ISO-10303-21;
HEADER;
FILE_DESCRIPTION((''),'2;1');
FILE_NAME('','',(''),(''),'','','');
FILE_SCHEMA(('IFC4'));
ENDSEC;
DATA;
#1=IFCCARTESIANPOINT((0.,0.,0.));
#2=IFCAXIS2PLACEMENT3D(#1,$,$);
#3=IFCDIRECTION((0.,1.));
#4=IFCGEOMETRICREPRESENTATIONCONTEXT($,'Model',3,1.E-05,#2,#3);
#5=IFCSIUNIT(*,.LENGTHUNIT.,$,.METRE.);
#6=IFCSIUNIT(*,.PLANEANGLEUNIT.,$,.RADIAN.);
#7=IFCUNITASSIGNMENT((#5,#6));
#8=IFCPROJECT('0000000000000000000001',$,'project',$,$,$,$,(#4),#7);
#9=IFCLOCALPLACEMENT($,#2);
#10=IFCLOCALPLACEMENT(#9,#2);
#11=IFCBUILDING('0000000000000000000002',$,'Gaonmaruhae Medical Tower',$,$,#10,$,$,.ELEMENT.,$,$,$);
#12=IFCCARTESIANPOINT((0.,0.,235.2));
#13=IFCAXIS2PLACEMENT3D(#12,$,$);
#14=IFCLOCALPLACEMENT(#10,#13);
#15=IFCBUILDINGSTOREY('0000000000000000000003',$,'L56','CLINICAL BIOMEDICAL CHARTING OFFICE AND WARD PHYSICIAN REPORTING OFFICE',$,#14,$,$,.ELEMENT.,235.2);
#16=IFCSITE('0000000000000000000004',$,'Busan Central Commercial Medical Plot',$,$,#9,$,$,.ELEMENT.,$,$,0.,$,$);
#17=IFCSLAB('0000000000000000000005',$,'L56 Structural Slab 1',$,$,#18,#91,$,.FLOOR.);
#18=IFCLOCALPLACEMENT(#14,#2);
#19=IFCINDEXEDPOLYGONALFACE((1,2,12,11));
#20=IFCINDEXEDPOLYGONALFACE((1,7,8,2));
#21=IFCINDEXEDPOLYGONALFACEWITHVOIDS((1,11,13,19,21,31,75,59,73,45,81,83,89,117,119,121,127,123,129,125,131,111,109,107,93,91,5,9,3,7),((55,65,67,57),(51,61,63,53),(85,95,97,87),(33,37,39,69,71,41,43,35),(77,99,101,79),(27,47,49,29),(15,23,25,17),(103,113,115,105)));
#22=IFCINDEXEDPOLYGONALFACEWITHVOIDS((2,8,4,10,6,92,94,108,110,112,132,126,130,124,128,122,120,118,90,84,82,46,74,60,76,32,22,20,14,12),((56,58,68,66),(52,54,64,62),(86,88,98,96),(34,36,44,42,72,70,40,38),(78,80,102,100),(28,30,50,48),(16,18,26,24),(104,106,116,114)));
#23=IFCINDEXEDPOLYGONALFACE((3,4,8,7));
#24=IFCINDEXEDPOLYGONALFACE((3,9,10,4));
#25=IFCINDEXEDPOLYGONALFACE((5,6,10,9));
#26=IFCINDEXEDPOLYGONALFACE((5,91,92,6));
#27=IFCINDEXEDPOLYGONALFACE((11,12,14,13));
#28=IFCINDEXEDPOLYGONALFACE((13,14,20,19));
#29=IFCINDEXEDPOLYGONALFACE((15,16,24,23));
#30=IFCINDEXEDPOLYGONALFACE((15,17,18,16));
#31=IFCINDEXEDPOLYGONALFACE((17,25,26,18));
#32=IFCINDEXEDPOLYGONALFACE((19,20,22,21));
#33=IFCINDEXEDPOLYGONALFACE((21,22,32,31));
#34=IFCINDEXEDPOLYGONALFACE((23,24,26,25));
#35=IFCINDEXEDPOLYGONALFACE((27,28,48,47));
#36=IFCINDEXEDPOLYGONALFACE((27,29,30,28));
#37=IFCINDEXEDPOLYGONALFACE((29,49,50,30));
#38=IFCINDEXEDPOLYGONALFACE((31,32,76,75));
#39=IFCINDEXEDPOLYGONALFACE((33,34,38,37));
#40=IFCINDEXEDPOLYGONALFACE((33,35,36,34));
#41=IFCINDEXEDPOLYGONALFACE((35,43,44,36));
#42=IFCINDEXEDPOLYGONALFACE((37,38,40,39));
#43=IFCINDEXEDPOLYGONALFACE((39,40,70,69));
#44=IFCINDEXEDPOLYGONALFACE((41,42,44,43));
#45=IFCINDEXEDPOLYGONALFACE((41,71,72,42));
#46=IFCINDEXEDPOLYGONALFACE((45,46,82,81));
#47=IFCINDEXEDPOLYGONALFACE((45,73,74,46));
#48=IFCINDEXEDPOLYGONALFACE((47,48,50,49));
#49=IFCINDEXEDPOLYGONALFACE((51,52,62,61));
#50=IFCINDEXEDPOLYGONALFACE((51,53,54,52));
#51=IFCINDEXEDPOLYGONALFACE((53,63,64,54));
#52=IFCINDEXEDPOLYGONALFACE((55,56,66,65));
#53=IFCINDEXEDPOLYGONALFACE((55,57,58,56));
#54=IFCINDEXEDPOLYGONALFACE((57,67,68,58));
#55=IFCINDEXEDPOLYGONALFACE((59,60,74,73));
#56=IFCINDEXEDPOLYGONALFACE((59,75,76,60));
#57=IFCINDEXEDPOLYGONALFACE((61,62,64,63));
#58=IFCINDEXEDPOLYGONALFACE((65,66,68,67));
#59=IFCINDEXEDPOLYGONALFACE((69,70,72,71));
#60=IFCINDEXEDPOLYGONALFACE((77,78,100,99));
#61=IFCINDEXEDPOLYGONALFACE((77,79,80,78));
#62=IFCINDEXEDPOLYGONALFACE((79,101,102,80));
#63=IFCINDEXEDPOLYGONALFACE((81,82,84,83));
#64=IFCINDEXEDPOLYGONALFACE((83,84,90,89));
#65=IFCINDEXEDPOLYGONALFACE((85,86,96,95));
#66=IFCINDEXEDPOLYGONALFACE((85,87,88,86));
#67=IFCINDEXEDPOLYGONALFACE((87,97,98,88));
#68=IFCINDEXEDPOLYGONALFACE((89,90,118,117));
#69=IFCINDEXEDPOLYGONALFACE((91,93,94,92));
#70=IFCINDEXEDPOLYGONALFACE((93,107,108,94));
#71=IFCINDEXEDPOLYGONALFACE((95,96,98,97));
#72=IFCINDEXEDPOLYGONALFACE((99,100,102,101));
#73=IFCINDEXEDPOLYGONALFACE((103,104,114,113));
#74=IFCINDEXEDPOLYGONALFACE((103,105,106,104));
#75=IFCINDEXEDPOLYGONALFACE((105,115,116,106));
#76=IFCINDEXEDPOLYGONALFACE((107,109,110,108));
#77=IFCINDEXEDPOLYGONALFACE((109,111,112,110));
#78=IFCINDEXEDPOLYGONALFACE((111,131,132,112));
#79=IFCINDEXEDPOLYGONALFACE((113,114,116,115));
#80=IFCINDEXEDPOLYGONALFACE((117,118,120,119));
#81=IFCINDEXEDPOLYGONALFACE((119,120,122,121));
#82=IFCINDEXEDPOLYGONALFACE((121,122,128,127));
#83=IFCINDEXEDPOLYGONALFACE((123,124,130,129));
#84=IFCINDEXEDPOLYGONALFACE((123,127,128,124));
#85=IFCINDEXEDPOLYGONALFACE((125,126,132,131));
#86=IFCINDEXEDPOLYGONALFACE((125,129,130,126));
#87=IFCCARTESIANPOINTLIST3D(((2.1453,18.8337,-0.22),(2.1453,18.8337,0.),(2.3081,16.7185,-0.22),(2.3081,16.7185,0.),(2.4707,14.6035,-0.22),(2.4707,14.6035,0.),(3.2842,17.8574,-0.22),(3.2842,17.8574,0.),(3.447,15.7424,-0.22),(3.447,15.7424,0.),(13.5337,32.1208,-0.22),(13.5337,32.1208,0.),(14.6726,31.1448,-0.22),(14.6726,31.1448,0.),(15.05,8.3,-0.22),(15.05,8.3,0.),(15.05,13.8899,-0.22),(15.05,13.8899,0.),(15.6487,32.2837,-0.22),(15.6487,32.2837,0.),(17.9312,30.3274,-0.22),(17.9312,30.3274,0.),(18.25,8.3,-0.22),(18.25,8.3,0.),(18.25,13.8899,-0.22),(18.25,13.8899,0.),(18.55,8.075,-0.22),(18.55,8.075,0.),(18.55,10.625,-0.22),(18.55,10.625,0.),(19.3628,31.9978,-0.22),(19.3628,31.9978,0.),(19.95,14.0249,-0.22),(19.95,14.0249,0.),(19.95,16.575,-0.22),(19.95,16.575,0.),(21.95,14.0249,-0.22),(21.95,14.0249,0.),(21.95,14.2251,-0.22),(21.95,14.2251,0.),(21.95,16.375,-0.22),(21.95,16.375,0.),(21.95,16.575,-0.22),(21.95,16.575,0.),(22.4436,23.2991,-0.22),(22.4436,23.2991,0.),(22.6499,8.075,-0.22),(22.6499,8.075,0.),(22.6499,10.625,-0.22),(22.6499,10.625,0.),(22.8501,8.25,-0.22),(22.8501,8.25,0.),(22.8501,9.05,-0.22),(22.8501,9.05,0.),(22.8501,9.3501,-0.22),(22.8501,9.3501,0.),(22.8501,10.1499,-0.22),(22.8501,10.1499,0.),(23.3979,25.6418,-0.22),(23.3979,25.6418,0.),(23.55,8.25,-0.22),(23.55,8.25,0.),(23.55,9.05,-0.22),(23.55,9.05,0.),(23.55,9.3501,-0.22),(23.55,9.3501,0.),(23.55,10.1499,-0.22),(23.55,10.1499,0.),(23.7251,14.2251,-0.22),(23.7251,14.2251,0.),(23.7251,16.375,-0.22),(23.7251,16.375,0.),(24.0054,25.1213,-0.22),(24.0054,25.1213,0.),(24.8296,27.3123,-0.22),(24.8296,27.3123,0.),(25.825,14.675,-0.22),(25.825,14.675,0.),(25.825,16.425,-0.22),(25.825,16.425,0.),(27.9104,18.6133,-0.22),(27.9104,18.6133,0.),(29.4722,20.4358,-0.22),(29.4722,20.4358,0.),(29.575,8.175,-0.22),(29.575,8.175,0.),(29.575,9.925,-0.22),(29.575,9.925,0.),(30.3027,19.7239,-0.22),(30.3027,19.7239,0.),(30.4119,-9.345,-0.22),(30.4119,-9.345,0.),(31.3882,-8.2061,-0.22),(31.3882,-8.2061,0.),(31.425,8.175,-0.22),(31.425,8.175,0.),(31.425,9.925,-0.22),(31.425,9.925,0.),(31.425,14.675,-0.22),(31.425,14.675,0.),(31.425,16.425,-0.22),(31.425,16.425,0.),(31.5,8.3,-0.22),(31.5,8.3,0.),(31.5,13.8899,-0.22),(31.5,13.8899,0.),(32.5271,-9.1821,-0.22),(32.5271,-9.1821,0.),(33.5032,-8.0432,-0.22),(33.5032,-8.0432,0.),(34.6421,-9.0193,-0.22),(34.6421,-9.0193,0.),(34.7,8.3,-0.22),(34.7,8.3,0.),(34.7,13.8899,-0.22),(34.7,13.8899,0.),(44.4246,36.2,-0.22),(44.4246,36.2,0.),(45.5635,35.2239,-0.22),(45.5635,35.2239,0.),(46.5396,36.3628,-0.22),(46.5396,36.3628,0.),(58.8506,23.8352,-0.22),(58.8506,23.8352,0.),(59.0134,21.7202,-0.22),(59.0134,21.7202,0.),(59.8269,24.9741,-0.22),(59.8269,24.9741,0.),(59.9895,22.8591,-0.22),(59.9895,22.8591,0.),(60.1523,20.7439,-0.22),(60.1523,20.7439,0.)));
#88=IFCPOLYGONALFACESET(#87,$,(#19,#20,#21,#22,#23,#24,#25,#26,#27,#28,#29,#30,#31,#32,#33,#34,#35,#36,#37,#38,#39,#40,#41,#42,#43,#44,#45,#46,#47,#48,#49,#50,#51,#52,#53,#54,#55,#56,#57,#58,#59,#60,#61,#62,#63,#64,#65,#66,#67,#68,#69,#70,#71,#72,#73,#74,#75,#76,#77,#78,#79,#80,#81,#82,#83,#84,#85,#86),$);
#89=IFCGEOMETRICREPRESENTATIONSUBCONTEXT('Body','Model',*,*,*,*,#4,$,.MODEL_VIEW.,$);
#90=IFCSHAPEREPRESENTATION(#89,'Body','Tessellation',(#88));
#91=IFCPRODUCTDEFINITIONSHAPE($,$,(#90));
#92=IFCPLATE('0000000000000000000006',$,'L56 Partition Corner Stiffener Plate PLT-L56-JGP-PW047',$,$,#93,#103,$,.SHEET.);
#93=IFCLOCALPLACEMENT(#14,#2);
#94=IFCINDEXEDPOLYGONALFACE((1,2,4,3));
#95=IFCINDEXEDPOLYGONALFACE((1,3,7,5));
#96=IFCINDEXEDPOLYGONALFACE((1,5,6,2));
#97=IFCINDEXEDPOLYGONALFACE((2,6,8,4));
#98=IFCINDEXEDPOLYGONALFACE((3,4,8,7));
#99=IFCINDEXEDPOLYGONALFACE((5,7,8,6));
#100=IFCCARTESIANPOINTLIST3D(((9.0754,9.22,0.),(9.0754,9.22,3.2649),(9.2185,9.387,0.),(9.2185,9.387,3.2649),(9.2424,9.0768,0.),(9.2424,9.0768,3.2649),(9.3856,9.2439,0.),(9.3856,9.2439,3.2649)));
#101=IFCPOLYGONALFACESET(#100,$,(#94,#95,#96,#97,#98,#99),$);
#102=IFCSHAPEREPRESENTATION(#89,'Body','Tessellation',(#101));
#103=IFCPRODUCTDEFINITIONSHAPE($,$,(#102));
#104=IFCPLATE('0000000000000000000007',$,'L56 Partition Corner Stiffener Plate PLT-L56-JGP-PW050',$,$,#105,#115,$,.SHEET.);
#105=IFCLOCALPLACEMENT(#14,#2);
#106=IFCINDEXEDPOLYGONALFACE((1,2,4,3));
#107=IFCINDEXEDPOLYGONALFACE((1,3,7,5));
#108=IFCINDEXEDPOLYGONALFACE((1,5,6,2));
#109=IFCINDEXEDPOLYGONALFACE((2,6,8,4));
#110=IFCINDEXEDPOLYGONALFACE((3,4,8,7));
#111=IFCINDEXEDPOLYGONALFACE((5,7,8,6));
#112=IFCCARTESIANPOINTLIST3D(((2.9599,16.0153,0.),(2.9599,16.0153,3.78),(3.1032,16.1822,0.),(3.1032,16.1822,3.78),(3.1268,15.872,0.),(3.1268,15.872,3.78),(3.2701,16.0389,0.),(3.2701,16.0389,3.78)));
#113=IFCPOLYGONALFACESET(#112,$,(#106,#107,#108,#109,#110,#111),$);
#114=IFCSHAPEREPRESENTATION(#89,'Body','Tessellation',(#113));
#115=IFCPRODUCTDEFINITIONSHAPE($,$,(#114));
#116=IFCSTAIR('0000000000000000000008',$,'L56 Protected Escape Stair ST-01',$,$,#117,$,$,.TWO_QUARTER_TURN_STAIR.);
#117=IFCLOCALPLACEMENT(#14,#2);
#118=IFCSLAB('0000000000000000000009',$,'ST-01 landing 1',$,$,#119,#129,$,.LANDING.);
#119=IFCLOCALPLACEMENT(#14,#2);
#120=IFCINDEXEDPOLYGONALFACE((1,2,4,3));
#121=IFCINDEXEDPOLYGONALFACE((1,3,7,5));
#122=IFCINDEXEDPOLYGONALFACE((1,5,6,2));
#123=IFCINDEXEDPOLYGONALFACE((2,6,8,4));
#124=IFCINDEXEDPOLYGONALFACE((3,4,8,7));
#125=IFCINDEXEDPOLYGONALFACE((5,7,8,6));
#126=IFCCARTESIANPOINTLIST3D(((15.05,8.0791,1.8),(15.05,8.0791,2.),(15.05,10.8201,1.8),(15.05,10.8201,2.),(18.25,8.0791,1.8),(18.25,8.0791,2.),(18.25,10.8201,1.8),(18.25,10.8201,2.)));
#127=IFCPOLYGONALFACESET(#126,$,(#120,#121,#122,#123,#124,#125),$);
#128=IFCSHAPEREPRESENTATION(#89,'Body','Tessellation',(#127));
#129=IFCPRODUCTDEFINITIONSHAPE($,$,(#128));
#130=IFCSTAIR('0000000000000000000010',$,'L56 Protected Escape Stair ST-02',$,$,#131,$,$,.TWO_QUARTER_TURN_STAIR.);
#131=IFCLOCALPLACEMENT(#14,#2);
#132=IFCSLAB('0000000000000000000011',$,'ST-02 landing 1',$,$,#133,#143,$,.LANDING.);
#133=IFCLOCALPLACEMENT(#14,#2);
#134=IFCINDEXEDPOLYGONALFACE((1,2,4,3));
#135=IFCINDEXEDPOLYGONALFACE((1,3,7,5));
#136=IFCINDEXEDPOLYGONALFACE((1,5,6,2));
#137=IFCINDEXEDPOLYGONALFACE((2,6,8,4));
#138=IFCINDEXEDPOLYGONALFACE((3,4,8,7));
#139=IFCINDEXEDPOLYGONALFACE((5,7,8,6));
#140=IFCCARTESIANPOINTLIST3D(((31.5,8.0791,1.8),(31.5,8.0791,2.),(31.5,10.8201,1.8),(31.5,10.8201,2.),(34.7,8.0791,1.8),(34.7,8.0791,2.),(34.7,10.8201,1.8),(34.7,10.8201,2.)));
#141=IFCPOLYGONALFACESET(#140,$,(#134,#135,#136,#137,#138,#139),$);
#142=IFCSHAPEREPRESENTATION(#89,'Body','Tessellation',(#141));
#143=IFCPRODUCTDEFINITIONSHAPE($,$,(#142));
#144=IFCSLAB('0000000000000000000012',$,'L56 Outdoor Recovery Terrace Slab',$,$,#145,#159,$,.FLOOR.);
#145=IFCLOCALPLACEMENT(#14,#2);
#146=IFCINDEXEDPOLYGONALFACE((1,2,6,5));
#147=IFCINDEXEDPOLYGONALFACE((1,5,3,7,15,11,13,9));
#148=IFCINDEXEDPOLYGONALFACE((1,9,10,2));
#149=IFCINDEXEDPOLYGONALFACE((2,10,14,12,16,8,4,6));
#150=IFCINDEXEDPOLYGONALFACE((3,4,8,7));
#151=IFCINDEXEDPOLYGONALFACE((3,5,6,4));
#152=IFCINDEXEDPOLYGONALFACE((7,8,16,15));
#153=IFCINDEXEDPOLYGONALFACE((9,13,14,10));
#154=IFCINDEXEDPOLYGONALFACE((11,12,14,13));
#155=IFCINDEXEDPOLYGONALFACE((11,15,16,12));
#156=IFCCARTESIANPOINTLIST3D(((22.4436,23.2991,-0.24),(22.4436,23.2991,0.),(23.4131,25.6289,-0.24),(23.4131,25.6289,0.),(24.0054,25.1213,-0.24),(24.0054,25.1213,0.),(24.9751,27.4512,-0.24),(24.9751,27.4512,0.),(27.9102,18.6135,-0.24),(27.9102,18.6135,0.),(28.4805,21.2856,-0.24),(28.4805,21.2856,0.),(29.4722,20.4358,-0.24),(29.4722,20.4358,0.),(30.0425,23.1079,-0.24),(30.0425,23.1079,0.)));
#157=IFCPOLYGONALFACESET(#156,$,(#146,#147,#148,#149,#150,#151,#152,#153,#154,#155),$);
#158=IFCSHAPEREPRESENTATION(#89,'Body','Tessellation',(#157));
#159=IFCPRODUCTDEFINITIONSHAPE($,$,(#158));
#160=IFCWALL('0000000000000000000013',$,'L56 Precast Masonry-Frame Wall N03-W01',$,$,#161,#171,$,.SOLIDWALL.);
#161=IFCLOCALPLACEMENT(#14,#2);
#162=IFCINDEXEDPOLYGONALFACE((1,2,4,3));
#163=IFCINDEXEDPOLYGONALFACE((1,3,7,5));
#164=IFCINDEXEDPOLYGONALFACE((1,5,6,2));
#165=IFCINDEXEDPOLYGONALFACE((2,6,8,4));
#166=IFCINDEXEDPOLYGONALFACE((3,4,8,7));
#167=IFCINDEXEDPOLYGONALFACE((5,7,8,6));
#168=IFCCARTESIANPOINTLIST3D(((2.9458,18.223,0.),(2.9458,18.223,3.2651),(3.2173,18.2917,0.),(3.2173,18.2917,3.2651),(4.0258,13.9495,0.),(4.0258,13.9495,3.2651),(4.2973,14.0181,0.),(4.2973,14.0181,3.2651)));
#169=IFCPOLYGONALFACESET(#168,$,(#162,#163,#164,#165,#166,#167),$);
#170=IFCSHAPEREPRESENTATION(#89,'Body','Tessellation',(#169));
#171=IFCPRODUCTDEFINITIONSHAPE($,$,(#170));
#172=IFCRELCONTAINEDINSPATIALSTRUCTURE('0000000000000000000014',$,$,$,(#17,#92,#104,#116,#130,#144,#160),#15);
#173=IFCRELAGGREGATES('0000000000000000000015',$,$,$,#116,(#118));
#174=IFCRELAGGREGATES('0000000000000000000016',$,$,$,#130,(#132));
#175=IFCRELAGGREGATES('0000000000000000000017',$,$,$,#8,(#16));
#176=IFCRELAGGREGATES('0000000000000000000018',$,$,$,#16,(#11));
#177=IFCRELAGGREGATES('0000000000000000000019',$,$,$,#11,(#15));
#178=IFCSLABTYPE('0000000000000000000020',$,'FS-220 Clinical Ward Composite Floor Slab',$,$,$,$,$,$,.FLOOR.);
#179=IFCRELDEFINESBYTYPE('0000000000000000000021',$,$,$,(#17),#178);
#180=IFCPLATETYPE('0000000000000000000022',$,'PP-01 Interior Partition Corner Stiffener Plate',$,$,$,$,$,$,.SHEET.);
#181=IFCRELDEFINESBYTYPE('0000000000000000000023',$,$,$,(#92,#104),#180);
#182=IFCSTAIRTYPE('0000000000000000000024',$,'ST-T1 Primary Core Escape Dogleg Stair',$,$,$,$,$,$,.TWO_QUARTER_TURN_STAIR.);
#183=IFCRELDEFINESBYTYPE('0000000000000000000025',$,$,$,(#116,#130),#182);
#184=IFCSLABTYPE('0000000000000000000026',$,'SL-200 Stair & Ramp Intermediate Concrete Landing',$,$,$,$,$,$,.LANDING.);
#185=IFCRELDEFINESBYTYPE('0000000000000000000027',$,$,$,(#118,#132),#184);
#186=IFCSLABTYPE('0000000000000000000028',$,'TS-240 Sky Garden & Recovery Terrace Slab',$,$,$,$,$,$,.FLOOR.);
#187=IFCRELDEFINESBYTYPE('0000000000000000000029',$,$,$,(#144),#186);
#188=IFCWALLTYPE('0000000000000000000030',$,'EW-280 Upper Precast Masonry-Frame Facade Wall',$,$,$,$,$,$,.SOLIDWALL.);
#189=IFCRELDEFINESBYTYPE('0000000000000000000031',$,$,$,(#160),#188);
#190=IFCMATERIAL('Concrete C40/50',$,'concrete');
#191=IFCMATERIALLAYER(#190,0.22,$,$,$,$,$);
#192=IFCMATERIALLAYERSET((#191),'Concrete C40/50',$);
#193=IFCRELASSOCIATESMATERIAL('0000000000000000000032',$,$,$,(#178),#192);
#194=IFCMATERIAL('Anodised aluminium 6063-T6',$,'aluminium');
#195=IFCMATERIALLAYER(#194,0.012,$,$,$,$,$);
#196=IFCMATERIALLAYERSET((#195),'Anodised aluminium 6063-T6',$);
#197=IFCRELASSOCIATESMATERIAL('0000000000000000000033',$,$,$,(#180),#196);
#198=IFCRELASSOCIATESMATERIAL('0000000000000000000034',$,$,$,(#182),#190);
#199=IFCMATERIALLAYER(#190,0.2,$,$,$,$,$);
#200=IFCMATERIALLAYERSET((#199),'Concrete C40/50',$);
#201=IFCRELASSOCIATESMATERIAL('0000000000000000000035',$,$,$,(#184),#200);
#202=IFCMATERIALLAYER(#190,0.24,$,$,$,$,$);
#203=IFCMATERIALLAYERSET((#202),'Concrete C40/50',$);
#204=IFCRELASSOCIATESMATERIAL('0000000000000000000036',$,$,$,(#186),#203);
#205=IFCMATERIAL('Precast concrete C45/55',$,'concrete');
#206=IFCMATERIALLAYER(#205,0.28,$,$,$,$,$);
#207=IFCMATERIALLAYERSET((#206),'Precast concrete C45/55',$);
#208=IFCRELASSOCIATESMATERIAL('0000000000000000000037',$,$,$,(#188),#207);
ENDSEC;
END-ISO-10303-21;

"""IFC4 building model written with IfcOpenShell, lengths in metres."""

from ifc_helpers import new_model, si_unit, direction, frame, frame_2d, origin, origin_2d, place, context, subcontext, project, spatial, polyline, rectangle, outline, extrude, material, layer, layer_set, type_object, element, aggregate, save


model = new_model("IFC4")

# Units and contexts
model_context = context("Model", 3, precision=1e-05, world=origin(), true_north=direction((0.0, 1.0)))
body_context = subcontext(model_context, "Body", "Model", "MODEL_VIEW")
ifc_project = project(units=[si_unit("LENGTHUNIT", "METRE"), si_unit("PLANEANGLEUNIT", "RADIAN")], contexts=[model_context])

# Site, building, storey
site_placement = place(None, origin())
site = spatial("IfcSite", under=ifc_project, at=site_placement, Name="Busan Central Commercial Medical Plot", CompositionType="ELEMENT", RefElevation=0.0)
building_placement = place(site_placement, origin())
building = spatial("IfcBuilding", under=site, at=building_placement, Name="Gaonmaruhae Medical Tower", CompositionType="ELEMENT")
storey_placement = place(building_placement, frame((0.0, 0.0, 235.2)))
storey = spatial("IfcBuildingStorey", under=building, at=storey_placement, Name="L56", Description="CLINICAL BIOMEDICAL CHARTING OFFICE AND WARD PHYSICIAN REPORTING OFFICE", CompositionType="ELEMENT", Elevation=235.2)

# Slab
ifc_material_1 = material(Name="Concrete C40/50", Category="concrete")
ifc_layer_1 = layer(ifc_material_1, 0.22)
ifc_layer_set_1 = layer_set([ifc_layer_1], Name="Concrete C40/50")
slab_type_1 = type_object("IfcSlabType", Name="FS-220 Clinical Ward Composite Floor Slab", PredefinedType="FLOOR", material=ifc_layer_set_1)
slab_1_placement = place(storey_placement, frame((0.0, 0.0, -0.22)))
element("IfcSlab", 1, at=slab_1_placement, inside=storey, type_object=slab_type_1, Name="L56 Structural Slab 1", PredefinedType="FLOOR", context=body_context, shape_type="SweptSolid", body=[
    extrude(outline(polyline([(44.4246, 36.2), (45.5635, 35.2239), (46.5396, 36.3628), (59.8269, 24.9741), (58.8506, 23.8352), (59.9895, 22.8591), (59.0134, 21.7202), (60.1523, 20.7439), (34.6421, -9.0193), (33.5032, -8.0432), (32.5271, -9.1821), (31.3882, -8.2061), (30.4119, -9.345), (2.4707, 14.6035), (3.447, 15.7424), (2.3081, 16.7185), (3.2842, 17.8574), (2.1453, 18.8337), (13.5337, 32.1208), (14.6726, 31.1448), (15.6487, 32.2837), (17.9312, 30.3274), (19.3628, 31.9978), (24.8296, 27.3123), (23.3979, 25.6418), (24.0054, 25.1213), (22.4436, 23.2991), (27.9104, 18.6133), (29.4722, 20.4358), (30.3027, 19.7239), (44.4246, 36.2)]), holes=[polyline([(23.55, 8.25), (22.8501, 8.25), (22.8501, 9.05), (23.55, 9.05), (23.55, 8.25)]), polyline([(31.425, 9.925), (31.425, 8.175), (29.575, 8.175), (29.575, 9.925), (31.425, 9.925)]), polyline([(22.6499, 10.625), (22.6499, 8.075), (18.55, 8.075), (18.55, 10.625), (22.6499, 10.625)]), polyline([(23.55, 9.3501), (22.8501, 9.3501), (22.8501, 10.1499), (23.55, 10.1499), (23.55, 9.3501)]), polyline([(15.05, 13.8899), (18.25, 13.8899), (18.25, 8.3), (15.05, 8.3), (15.05, 13.8899)]), polyline([(31.5, 13.8899), (34.7, 13.8899), (34.7, 8.3), (31.5, 8.3), (31.5, 13.8899)]), polyline([(21.95, 14.2251), (21.95, 14.0249), (19.95, 14.0249), (19.95, 16.575), (21.95, 16.575), (21.95, 16.375), (23.7251, 16.375), (23.7251, 14.2251), (21.95, 14.2251)]), polyline([(31.425, 16.425), (31.425, 14.675), (25.825, 14.675), (25.825, 16.425), (31.425, 16.425)])]), origin(), (0.0, 0.0, 1.0), 0.22),
])

# Plates
ifc_material_2 = material(Name="Anodised aluminium 6063-T6", Category="aluminium")
ifc_layer_2 = layer(ifc_material_2, 0.012)
ifc_layer_set_2 = layer_set([ifc_layer_2], Name="Anodised aluminium 6063-T6")
plate_type = type_object("IfcPlateType", Name="PP-01 Interior Partition Corner Stiffener Plate", PredefinedType="SHEET", material=ifc_layer_set_2)
plate_1_placement = place(storey_placement, frame((9.2305, 9.2319, 0.0), z_axis=(0.0, 0.0, 1.0), x_axis=(-0.75926, 0.650787, 0.0)))
element("IfcPlate", 2, at=plate_1_placement, inside=storey, type_object=plate_type, Name="L56 Partition Corner Stiffener Plate PLT-L56-JGP-PW047", PredefinedType="SHEET", context=body_context, shape_type="SweptSolid", body=[
    extrude(rectangle(XDim=0.22, YDim=0.22, at=origin_2d()), origin(), (0.0, 0.0, 1.0), 3.2649),
])
plate_2_placement = place(storey_placement, frame((3.115, 16.0271, 0.0), z_axis=(0.0, 0.0, 1.0), x_axis=(-0.758771, 0.651357, 0.0)))
element("IfcPlate", 3, at=plate_2_placement, inside=storey, type_object=plate_type, Name="L56 Partition Corner Stiffener Plate PLT-L56-JGP-PW050", PredefinedType="SHEET", context=body_context, shape_type="SweptSolid", body=[
    extrude(rectangle(XDim=0.22, YDim=0.22, at=origin_2d()), origin(), (0.0, 0.0, 1.0), 3.78),
])

# Stairs, slabs
stair_type = type_object("IfcStairType", Name="ST-T1 Primary Core Escape Dogleg Stair", PredefinedType="TWO_QUARTER_TURN_STAIR", material=ifc_material_1)
stair_1_placement = place(storey_placement, origin())
stair_1 = element("IfcStair", 4, at=stair_1_placement, inside=storey, type_object=stair_type, Name="L56 Protected Escape Stair ST-01", PredefinedType="TWO_QUARTER_TURN_STAIR")
ifc_layer_3 = layer(ifc_material_1, 0.2)
ifc_layer_set_3 = layer_set([ifc_layer_3], Name="Concrete C40/50")
slab_type_2 = type_object("IfcSlabType", Name="SL-200 Stair & Ramp Intermediate Concrete Landing", PredefinedType="LANDING", material=ifc_layer_set_3)
slab_2_placement = place(storey_placement, frame((0.0, 0.0, 1.8)))
slab_2 = element("IfcSlab", 5, at=slab_2_placement, type_object=slab_type_2, Name="ST-01 landing 1", PredefinedType="LANDING", context=body_context, shape_type="SweptSolid", body=[
    extrude(outline(polyline([(15.05, 10.8201), (15.05, 8.0791), (18.25, 8.0791), (18.25, 10.8201), (15.05, 10.8201)])), origin(), (0.0, 0.0, 1.0), 0.2),
])
aggregate(stair_1, [slab_2])
stair_2_placement = place(storey_placement, origin())
stair_2 = element("IfcStair", 6, at=stair_2_placement, inside=storey, type_object=stair_type, Name="L56 Protected Escape Stair ST-02", PredefinedType="TWO_QUARTER_TURN_STAIR")
slab_3_placement = place(storey_placement, frame((0.0, 0.0, 1.8)))
slab_3 = element("IfcSlab", 7, at=slab_3_placement, type_object=slab_type_2, Name="ST-02 landing 1", PredefinedType="LANDING", context=body_context, shape_type="SweptSolid", body=[
    extrude(outline(polyline([(31.5, 10.8201), (31.5, 8.0791), (34.7, 8.0791), (34.7, 10.8201), (31.5, 10.8201)])), origin(), (0.0, 0.0, 1.0), 0.2),
])
aggregate(stair_2, [slab_3])

# Slab
ifc_layer_4 = layer(ifc_material_1, 0.24)
ifc_layer_set_4 = layer_set([ifc_layer_4], Name="Concrete C40/50")
slab_type_3 = type_object("IfcSlabType", Name="TS-240 Sky Garden & Recovery Terrace Slab", PredefinedType="FLOOR", material=ifc_layer_set_4)
slab_4_placement = place(storey_placement, frame((0.0, 0.0, -0.24)))
element("IfcSlab", 8, at=slab_4_placement, inside=storey, type_object=slab_type_3, Name="L56 Outdoor Recovery Terrace Slab", PredefinedType="FLOOR", context=body_context, shape_type="SweptSolid", body=[
    extrude(outline(polyline([(29.4722, 20.4358), (28.4805, 21.2856), (30.0425, 23.1079), (24.9751, 27.4512), (23.4131, 25.6289), (24.0054, 25.1213), (22.4436, 23.2991), (27.9102, 18.6135), (29.4722, 20.4358)])), origin(), (0.0, 0.0, 1.0), 0.24),
])

# Wall
ifc_material_3 = material(Name="Precast concrete C45/55", Category="concrete")
ifc_layer_5 = layer(ifc_material_3, 0.28)
ifc_layer_set_5 = layer_set([ifc_layer_5], Name="Precast concrete C45/55")
wall_type_1 = type_object("IfcWallType", Name="EW-280 Upper Precast Masonry-Frame Facade Wall", PredefinedType="SOLIDWALL", material=ifc_layer_set_5)
wall_1_placement = place(storey_placement, frame((4.1616, 13.9836, 0.0), z_axis=(0.0, 0.0, 1.0), x_axis=(-0.245024, 0.969517, 0.0)))
element("IfcWall", 9, at=wall_1_placement, inside=storey, type_object=wall_type_1, Name="L56 Precast Masonry-Frame Wall N03-W01", PredefinedType="SOLIDWALL", context=body_context, shape_type="SweptSolid", body=[
    extrude(rectangle(XDim=4.408, YDim=0.28, at=frame_2d((2.2041, 0.0))), origin(), (0.0, 0.0, 1.0), 3.2651),
])

save(model, "model.ifc")
